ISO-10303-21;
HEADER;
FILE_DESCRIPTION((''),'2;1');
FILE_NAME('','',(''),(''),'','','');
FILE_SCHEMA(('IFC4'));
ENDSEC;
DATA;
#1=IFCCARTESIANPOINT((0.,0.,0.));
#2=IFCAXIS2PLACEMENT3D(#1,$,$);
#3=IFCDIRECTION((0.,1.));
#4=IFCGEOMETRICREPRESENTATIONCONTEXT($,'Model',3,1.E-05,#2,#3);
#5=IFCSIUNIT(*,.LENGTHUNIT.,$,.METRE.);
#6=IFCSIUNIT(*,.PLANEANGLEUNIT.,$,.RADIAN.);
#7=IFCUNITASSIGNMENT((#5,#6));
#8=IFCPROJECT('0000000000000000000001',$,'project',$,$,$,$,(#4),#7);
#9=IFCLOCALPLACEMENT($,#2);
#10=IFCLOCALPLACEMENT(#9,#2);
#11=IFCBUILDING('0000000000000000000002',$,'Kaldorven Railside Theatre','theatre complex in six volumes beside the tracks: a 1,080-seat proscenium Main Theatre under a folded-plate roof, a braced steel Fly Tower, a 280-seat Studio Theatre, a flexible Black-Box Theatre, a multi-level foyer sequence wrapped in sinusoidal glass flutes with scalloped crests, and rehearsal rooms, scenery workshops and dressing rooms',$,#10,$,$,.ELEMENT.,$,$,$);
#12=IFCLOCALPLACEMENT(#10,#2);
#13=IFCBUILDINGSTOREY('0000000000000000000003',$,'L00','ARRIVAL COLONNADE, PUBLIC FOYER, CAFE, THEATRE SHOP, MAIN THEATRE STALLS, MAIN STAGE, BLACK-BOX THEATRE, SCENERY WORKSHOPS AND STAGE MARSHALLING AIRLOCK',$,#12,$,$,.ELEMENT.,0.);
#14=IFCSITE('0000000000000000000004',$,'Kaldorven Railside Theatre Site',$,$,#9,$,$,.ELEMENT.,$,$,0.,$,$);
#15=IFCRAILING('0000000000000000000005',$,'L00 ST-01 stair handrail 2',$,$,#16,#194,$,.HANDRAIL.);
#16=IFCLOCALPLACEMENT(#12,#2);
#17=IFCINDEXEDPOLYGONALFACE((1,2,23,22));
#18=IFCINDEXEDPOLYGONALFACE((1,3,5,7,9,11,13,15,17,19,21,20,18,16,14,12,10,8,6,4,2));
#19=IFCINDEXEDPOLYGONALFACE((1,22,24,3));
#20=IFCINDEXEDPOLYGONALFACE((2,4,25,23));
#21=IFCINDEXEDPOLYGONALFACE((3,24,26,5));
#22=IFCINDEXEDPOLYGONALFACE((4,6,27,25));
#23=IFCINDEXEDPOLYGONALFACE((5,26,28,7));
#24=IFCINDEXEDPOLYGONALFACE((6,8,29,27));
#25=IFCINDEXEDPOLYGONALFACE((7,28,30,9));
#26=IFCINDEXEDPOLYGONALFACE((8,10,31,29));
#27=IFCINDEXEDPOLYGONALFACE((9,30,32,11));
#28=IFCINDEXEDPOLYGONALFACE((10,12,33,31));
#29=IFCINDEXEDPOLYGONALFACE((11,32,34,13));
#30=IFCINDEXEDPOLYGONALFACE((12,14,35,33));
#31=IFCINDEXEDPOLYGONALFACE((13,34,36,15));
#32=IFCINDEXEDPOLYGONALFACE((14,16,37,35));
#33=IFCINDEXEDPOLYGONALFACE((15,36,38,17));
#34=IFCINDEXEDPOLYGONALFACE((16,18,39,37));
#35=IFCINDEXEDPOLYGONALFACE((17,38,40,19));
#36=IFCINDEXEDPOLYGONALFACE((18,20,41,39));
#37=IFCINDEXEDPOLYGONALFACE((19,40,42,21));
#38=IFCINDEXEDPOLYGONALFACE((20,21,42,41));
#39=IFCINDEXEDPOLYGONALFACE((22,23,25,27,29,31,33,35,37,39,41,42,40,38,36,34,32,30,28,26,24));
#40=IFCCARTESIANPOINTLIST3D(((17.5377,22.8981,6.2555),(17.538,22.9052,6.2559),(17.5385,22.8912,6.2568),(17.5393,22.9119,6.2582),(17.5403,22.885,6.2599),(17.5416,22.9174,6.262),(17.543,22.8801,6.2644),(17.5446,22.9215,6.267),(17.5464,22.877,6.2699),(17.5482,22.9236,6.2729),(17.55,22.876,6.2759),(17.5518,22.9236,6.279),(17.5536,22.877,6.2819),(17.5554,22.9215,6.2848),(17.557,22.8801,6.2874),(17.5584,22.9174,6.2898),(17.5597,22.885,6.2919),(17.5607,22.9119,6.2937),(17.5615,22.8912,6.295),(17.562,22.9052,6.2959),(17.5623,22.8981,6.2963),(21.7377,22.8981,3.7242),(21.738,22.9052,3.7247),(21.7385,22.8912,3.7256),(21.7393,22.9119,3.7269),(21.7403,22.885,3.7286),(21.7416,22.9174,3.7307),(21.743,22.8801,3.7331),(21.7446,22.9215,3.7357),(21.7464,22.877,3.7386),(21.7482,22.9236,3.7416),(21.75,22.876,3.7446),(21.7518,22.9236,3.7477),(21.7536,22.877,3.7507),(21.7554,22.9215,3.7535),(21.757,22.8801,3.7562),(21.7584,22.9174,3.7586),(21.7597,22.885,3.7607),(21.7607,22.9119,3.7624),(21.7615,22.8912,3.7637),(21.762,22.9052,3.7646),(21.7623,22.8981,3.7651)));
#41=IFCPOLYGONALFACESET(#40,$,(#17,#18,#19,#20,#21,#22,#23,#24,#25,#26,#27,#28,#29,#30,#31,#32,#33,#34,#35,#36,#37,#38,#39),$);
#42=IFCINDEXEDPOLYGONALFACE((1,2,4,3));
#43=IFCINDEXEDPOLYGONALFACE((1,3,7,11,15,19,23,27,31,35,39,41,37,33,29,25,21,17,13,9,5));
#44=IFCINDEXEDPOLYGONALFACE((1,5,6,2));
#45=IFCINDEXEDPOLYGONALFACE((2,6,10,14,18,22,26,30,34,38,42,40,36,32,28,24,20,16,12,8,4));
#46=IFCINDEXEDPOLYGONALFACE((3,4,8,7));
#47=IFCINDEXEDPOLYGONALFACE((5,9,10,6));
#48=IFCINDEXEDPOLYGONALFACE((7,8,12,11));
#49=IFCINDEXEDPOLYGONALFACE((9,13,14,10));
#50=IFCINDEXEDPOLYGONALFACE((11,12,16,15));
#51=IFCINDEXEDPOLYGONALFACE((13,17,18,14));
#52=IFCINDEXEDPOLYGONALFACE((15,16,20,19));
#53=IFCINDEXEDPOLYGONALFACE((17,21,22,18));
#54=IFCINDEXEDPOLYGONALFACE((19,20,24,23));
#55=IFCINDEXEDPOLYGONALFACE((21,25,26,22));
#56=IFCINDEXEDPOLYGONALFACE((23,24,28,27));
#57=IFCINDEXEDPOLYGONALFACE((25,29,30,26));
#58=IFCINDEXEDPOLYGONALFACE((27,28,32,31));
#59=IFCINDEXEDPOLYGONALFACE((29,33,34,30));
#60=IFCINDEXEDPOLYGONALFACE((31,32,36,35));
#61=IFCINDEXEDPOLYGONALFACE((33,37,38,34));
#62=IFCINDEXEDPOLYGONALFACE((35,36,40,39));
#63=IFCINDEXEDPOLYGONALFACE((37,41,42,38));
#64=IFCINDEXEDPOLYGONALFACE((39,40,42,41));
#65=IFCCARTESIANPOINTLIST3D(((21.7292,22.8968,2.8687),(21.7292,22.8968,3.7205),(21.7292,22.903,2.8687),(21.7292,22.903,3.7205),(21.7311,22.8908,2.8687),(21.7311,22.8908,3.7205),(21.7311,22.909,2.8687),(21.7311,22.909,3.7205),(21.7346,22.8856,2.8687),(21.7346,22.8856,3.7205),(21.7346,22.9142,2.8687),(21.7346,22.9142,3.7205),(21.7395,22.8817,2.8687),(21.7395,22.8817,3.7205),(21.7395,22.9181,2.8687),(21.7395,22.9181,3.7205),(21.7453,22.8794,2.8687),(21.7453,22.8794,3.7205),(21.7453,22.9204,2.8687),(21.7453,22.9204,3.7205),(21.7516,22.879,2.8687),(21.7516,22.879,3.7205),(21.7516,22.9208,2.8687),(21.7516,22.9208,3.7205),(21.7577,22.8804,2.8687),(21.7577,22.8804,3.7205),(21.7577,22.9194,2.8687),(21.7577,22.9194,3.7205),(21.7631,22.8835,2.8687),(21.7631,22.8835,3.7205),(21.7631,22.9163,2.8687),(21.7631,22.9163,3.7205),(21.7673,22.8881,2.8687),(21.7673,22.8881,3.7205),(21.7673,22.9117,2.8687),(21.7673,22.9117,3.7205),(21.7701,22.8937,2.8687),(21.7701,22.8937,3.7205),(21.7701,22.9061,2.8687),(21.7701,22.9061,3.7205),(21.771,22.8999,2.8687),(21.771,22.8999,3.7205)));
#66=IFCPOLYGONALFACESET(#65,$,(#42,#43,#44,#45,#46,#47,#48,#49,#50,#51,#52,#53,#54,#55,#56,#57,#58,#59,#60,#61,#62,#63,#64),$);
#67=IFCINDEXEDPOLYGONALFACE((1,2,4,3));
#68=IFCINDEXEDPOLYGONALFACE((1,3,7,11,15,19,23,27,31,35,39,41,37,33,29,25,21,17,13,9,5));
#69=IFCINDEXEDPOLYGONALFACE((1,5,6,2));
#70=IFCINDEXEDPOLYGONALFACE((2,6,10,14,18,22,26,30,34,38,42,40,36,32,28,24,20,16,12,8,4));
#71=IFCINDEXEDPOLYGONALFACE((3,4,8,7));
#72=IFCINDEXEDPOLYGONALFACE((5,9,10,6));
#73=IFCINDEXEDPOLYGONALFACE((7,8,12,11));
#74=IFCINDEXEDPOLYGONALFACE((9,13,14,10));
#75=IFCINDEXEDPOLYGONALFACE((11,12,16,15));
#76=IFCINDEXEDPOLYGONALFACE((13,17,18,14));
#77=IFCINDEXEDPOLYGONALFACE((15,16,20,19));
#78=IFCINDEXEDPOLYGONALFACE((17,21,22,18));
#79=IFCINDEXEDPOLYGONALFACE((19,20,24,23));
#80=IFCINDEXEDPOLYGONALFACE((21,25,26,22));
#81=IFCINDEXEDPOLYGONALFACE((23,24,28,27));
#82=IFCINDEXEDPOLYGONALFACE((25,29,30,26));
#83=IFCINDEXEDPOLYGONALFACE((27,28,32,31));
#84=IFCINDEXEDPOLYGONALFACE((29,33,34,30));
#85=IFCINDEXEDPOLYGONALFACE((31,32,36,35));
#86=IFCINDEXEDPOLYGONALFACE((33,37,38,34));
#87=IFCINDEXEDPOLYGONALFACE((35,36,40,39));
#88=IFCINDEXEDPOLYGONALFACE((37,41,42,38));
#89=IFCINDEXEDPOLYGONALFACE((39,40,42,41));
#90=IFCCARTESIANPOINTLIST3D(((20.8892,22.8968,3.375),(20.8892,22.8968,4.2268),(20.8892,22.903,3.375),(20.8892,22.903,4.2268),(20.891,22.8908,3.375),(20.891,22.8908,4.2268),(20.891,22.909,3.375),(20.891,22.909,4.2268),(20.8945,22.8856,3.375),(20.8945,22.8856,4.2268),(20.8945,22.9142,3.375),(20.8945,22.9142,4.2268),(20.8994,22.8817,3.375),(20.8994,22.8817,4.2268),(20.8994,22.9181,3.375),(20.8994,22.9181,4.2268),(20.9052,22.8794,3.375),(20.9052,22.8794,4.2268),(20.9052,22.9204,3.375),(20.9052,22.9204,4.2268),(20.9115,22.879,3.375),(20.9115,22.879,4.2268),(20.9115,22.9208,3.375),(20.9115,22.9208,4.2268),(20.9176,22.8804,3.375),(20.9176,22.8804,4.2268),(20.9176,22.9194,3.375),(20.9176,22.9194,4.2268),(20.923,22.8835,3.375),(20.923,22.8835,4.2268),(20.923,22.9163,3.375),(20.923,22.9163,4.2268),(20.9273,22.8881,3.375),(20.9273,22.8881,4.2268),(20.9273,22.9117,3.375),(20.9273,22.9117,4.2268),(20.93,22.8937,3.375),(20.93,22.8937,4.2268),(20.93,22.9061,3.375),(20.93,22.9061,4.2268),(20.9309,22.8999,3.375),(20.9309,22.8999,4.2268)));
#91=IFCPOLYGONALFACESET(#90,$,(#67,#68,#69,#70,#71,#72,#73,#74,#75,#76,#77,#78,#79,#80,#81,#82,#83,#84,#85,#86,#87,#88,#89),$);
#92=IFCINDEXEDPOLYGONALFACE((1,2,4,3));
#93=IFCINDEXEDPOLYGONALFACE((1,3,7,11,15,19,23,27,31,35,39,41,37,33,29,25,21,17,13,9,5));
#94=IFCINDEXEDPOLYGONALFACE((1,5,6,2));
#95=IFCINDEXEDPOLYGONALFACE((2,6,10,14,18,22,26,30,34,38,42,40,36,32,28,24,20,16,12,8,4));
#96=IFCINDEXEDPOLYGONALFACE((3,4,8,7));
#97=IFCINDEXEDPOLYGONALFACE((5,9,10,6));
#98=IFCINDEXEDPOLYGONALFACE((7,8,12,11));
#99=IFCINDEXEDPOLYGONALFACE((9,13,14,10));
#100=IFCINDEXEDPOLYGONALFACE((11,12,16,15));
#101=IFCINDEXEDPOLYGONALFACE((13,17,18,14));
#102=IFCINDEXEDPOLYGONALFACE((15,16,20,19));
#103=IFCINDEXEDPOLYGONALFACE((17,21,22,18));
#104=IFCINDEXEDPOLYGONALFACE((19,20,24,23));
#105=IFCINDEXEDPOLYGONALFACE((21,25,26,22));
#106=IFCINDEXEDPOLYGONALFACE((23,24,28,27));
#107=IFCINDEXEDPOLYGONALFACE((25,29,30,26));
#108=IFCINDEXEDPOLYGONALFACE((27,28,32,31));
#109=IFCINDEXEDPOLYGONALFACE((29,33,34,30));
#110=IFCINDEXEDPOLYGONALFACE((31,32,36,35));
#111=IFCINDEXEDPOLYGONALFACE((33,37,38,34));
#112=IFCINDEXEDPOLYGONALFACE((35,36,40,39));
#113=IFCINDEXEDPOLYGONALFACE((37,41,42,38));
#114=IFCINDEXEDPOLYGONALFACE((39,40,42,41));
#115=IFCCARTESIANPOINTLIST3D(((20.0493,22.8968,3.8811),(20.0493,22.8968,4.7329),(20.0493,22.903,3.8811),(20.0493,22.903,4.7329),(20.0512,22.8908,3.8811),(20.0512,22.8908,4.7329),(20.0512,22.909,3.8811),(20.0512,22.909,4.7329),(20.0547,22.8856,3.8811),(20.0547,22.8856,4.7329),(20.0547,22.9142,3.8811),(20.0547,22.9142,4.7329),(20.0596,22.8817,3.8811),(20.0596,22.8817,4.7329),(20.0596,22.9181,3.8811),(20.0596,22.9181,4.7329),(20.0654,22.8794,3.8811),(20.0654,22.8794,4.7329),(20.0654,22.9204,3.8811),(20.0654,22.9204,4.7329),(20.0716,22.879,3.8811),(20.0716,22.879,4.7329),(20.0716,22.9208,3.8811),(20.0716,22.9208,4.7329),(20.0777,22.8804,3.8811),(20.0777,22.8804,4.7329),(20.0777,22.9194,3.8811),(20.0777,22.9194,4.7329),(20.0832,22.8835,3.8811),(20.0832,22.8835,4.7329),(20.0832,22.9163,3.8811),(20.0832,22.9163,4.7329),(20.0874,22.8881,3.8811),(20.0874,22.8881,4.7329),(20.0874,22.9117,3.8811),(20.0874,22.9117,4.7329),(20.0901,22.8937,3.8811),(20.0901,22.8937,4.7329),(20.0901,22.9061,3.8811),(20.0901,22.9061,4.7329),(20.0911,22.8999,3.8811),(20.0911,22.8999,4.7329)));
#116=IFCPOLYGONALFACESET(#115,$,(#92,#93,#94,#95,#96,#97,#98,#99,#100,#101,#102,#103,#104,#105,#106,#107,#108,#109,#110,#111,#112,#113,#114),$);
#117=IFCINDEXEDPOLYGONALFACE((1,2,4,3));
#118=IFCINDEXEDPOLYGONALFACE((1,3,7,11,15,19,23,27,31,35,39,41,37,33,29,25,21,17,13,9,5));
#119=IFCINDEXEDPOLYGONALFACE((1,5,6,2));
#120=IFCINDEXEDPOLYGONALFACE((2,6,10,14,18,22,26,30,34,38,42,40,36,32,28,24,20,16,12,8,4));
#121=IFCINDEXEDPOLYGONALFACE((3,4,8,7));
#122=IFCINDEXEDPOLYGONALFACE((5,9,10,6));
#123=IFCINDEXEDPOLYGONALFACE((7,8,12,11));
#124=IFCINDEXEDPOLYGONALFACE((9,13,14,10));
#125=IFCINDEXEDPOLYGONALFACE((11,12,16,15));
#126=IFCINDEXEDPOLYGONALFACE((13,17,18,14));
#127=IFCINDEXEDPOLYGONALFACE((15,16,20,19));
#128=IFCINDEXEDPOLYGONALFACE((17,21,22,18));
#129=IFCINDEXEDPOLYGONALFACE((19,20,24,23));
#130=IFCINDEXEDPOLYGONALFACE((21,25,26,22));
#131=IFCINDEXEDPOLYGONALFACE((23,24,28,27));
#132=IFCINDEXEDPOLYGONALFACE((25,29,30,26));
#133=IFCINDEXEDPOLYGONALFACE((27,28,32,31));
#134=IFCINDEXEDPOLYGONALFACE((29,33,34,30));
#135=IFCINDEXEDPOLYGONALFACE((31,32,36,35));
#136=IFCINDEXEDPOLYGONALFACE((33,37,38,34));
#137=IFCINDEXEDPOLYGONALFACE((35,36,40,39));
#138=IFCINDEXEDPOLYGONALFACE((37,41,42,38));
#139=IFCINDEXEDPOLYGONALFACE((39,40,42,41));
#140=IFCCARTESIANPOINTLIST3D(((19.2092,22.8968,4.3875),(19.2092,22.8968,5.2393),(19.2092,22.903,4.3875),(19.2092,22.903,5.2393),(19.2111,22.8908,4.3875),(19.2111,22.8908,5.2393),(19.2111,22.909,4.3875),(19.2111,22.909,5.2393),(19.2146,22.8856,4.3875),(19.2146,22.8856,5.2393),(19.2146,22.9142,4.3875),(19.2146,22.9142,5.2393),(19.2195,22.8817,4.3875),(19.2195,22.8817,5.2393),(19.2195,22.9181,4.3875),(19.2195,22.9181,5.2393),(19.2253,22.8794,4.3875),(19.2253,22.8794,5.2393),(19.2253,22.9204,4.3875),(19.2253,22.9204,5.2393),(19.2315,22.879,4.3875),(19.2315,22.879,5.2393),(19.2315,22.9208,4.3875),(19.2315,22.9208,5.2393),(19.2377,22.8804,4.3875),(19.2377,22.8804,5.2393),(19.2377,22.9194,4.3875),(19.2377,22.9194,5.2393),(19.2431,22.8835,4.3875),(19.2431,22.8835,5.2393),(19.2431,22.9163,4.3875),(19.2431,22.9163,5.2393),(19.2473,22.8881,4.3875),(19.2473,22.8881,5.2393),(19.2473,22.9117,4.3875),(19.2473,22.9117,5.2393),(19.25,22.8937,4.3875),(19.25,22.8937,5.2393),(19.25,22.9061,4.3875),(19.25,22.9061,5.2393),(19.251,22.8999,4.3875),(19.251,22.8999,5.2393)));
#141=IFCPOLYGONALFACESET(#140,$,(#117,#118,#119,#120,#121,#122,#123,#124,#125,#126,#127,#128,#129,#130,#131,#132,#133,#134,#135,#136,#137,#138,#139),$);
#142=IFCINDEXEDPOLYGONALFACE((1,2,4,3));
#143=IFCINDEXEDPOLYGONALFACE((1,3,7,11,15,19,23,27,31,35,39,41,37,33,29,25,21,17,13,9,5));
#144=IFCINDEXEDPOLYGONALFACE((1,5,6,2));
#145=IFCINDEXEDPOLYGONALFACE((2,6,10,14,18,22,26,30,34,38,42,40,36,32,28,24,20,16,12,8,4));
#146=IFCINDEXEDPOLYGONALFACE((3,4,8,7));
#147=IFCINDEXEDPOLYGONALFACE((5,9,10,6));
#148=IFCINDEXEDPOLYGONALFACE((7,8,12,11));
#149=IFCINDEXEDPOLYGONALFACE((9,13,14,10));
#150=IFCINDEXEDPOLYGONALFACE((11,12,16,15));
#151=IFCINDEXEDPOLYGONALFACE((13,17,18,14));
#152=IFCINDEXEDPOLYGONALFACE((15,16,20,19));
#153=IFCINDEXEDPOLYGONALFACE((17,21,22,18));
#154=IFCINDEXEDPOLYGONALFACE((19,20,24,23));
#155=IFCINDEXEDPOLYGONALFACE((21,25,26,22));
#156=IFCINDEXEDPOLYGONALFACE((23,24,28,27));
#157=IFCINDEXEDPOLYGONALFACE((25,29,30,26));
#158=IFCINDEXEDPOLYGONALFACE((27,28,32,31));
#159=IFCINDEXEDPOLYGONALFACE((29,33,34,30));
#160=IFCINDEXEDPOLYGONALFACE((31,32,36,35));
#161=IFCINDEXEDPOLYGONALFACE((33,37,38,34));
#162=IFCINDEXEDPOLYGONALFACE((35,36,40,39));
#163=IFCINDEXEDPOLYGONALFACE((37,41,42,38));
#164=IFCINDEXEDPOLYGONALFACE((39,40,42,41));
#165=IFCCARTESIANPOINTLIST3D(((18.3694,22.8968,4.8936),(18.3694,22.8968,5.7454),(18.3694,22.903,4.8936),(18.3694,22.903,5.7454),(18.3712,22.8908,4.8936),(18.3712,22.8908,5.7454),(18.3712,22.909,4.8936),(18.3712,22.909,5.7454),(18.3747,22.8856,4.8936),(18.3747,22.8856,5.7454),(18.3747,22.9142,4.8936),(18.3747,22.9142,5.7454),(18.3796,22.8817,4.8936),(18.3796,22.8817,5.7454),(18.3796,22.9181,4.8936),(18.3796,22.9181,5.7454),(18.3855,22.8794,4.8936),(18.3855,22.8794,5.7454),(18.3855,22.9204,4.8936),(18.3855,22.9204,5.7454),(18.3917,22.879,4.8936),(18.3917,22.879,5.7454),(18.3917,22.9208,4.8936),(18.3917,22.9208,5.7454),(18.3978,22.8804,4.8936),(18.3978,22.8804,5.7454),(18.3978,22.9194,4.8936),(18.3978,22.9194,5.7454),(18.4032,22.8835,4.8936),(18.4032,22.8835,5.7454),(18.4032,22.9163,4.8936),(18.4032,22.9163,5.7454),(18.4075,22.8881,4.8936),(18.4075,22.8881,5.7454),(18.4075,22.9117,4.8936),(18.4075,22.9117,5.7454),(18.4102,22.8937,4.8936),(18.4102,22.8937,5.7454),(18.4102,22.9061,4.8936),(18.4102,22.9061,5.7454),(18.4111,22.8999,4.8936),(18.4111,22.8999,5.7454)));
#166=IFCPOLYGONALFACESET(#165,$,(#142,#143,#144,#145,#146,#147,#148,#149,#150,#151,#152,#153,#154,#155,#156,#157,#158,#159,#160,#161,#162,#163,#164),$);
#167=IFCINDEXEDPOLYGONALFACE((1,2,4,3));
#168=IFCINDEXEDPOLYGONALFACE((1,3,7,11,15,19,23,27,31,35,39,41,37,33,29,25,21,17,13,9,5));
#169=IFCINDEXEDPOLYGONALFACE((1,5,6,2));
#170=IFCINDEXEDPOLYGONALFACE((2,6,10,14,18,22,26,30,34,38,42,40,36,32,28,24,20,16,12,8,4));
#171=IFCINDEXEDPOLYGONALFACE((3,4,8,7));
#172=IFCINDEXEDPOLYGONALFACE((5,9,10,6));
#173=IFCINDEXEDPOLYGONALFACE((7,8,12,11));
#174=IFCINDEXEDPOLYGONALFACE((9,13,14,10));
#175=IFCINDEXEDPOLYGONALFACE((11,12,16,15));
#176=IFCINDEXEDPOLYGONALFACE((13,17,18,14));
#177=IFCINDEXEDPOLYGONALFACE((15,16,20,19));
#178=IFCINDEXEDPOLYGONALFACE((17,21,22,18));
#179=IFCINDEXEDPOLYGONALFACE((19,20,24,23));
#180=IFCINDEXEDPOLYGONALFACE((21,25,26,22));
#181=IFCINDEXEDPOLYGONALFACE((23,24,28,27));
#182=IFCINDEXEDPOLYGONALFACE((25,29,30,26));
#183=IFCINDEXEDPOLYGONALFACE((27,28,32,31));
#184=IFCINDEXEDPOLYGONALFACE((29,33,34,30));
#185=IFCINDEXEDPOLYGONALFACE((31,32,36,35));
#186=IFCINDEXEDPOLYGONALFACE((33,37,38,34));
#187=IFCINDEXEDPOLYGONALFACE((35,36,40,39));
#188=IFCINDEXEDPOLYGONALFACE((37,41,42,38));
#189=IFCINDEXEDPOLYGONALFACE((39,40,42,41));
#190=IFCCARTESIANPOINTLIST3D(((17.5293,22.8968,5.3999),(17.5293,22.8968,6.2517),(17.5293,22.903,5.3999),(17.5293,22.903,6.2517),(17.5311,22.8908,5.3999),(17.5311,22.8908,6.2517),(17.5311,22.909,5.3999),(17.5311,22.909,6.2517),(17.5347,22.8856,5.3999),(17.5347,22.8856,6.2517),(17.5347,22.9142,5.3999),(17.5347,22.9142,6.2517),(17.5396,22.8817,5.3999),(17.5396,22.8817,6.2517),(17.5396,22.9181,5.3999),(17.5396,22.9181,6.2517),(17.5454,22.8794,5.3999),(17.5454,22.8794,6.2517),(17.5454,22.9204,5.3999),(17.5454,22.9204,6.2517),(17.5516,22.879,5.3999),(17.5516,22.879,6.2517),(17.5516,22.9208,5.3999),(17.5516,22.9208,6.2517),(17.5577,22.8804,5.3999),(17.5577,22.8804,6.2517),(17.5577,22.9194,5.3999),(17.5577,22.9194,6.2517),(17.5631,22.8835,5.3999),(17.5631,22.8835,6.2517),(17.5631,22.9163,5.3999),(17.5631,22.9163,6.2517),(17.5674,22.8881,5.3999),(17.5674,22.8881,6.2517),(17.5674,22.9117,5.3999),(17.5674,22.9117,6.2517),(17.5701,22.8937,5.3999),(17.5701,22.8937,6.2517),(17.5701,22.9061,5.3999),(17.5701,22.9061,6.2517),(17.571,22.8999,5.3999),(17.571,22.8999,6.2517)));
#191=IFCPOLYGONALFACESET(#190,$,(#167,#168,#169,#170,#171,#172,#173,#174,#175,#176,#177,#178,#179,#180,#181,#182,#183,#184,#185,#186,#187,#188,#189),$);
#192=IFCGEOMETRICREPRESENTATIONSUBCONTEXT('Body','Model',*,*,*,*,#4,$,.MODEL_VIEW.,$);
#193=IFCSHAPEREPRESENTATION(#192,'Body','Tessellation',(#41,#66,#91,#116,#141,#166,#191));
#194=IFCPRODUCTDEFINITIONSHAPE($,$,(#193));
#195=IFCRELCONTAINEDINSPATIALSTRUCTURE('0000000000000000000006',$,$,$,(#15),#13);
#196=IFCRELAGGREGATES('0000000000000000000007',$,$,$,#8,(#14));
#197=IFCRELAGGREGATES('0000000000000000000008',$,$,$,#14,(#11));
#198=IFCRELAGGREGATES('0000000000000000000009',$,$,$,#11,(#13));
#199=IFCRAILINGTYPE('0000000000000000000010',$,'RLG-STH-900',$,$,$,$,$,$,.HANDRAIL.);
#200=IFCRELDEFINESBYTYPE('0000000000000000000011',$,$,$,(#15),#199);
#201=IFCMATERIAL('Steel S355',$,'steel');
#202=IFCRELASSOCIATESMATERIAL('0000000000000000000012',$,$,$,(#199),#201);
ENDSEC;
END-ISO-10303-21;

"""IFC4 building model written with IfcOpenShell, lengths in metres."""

from ifc_helpers import new_model, si_unit, direction, frame, origin, origin_2d, place, context, subcontext, project, spatial, circle, extrude, material, type_object, element, save


model = new_model("IFC4")

# Units and contexts
model_context = context("Model", 3, precision=1e-05, world=origin(), true_north=direction((0.0, 1.0)))
body_context = subcontext(model_context, "Body", "Model", "MODEL_VIEW")
ifc_project = project(units=[si_unit("LENGTHUNIT", "METRE"), si_unit("PLANEANGLEUNIT", "RADIAN")], contexts=[model_context])

# Site, building, storey
site_placement = place(None, origin())
site = spatial("IfcSite", under=ifc_project, at=site_placement, Name="Kaldorven Railside Theatre Site", CompositionType="ELEMENT", RefElevation=0.0)
building_placement = place(site_placement, origin())
building = spatial("IfcBuilding", under=site, at=building_placement, Name="Kaldorven Railside Theatre", Description="theatre complex in six volumes beside the tracks: a 1,080-seat proscenium Main Theatre under a folded-plate roof, a braced steel Fly Tower, a 280-seat Studio Theatre, a flexible Black-Box Theatre, a multi-level foyer sequence wrapped in sinusoidal glass flutes with scalloped crests, and rehearsal rooms, scenery workshops and dressing rooms", CompositionType="ELEMENT")
storey_placement = place(building_placement, origin())
storey = spatial("IfcBuildingStorey", under=building, at=storey_placement, Name="L00", Description="ARRIVAL COLONNADE, PUBLIC FOYER, CAFE, THEATRE SHOP, MAIN THEATRE STALLS, MAIN STAGE, BLACK-BOX THEATRE, SCENERY WORKSHOPS AND STAGE MARSHALLING AIRLOCK", CompositionType="ELEMENT", Elevation=0.0)

# Shared definitions
ifc_material_1 = material(Name="Steel S355", Category="steel")

# Railing
railing_type_1 = type_object("IfcRailingType", Name="RLG-STH-900", PredefinedType="HANDRAIL", material=ifc_material_1)
railing_1_placement = place(storey_placement, frame((21.75, 22.8999, 2.8687)))
element("IfcRailing", 1, at=railing_1_placement, inside=storey, type_object=railing_type_1, Name="L00 ST-01 stair handrail 2", PredefinedType="HANDRAIL", context=body_context, shape_type="SweptSolid", body=[
    extrude(circle(Radius=0.0239, at=origin_2d()), frame((0.0, 0.0, 0.876), z_axis=(-0.856476, 0.0, 0.516186), x_axis=(0.0, -1.0, 0.0)), (0.0, 0.0, 1.0), 4.9038),
    extrude(circle(Radius=0.021, at=origin_2d()), origin(), (0.0, 0.0, 1.0), 0.8518),
    extrude(circle(Radius=0.021, at=origin_2d()), frame((-0.8401, 0.0, 0.5063)), (0.0, 0.0, 1.0), 0.8518),
    extrude(circle(Radius=0.021, at=origin_2d()), frame((-1.6799, 0.0, 1.0125)), (0.0, 0.0, 1.0), 0.8518),
    extrude(circle(Radius=0.021, at=origin_2d()), frame((-2.52, 0.0, 1.5188)), (0.0, 0.0, 1.0), 0.8518),
    extrude(circle(Radius=0.021, at=origin_2d()), frame((-3.3599, 0.0, 2.0249)), (0.0, 0.0, 1.0), 0.8518),
    extrude(circle(Radius=0.021, at=origin_2d()), frame((-4.2, 0.0, 2.5312)), (0.0, 0.0, 1.0), 0.8518),
])

save(model, "model.ifc")
